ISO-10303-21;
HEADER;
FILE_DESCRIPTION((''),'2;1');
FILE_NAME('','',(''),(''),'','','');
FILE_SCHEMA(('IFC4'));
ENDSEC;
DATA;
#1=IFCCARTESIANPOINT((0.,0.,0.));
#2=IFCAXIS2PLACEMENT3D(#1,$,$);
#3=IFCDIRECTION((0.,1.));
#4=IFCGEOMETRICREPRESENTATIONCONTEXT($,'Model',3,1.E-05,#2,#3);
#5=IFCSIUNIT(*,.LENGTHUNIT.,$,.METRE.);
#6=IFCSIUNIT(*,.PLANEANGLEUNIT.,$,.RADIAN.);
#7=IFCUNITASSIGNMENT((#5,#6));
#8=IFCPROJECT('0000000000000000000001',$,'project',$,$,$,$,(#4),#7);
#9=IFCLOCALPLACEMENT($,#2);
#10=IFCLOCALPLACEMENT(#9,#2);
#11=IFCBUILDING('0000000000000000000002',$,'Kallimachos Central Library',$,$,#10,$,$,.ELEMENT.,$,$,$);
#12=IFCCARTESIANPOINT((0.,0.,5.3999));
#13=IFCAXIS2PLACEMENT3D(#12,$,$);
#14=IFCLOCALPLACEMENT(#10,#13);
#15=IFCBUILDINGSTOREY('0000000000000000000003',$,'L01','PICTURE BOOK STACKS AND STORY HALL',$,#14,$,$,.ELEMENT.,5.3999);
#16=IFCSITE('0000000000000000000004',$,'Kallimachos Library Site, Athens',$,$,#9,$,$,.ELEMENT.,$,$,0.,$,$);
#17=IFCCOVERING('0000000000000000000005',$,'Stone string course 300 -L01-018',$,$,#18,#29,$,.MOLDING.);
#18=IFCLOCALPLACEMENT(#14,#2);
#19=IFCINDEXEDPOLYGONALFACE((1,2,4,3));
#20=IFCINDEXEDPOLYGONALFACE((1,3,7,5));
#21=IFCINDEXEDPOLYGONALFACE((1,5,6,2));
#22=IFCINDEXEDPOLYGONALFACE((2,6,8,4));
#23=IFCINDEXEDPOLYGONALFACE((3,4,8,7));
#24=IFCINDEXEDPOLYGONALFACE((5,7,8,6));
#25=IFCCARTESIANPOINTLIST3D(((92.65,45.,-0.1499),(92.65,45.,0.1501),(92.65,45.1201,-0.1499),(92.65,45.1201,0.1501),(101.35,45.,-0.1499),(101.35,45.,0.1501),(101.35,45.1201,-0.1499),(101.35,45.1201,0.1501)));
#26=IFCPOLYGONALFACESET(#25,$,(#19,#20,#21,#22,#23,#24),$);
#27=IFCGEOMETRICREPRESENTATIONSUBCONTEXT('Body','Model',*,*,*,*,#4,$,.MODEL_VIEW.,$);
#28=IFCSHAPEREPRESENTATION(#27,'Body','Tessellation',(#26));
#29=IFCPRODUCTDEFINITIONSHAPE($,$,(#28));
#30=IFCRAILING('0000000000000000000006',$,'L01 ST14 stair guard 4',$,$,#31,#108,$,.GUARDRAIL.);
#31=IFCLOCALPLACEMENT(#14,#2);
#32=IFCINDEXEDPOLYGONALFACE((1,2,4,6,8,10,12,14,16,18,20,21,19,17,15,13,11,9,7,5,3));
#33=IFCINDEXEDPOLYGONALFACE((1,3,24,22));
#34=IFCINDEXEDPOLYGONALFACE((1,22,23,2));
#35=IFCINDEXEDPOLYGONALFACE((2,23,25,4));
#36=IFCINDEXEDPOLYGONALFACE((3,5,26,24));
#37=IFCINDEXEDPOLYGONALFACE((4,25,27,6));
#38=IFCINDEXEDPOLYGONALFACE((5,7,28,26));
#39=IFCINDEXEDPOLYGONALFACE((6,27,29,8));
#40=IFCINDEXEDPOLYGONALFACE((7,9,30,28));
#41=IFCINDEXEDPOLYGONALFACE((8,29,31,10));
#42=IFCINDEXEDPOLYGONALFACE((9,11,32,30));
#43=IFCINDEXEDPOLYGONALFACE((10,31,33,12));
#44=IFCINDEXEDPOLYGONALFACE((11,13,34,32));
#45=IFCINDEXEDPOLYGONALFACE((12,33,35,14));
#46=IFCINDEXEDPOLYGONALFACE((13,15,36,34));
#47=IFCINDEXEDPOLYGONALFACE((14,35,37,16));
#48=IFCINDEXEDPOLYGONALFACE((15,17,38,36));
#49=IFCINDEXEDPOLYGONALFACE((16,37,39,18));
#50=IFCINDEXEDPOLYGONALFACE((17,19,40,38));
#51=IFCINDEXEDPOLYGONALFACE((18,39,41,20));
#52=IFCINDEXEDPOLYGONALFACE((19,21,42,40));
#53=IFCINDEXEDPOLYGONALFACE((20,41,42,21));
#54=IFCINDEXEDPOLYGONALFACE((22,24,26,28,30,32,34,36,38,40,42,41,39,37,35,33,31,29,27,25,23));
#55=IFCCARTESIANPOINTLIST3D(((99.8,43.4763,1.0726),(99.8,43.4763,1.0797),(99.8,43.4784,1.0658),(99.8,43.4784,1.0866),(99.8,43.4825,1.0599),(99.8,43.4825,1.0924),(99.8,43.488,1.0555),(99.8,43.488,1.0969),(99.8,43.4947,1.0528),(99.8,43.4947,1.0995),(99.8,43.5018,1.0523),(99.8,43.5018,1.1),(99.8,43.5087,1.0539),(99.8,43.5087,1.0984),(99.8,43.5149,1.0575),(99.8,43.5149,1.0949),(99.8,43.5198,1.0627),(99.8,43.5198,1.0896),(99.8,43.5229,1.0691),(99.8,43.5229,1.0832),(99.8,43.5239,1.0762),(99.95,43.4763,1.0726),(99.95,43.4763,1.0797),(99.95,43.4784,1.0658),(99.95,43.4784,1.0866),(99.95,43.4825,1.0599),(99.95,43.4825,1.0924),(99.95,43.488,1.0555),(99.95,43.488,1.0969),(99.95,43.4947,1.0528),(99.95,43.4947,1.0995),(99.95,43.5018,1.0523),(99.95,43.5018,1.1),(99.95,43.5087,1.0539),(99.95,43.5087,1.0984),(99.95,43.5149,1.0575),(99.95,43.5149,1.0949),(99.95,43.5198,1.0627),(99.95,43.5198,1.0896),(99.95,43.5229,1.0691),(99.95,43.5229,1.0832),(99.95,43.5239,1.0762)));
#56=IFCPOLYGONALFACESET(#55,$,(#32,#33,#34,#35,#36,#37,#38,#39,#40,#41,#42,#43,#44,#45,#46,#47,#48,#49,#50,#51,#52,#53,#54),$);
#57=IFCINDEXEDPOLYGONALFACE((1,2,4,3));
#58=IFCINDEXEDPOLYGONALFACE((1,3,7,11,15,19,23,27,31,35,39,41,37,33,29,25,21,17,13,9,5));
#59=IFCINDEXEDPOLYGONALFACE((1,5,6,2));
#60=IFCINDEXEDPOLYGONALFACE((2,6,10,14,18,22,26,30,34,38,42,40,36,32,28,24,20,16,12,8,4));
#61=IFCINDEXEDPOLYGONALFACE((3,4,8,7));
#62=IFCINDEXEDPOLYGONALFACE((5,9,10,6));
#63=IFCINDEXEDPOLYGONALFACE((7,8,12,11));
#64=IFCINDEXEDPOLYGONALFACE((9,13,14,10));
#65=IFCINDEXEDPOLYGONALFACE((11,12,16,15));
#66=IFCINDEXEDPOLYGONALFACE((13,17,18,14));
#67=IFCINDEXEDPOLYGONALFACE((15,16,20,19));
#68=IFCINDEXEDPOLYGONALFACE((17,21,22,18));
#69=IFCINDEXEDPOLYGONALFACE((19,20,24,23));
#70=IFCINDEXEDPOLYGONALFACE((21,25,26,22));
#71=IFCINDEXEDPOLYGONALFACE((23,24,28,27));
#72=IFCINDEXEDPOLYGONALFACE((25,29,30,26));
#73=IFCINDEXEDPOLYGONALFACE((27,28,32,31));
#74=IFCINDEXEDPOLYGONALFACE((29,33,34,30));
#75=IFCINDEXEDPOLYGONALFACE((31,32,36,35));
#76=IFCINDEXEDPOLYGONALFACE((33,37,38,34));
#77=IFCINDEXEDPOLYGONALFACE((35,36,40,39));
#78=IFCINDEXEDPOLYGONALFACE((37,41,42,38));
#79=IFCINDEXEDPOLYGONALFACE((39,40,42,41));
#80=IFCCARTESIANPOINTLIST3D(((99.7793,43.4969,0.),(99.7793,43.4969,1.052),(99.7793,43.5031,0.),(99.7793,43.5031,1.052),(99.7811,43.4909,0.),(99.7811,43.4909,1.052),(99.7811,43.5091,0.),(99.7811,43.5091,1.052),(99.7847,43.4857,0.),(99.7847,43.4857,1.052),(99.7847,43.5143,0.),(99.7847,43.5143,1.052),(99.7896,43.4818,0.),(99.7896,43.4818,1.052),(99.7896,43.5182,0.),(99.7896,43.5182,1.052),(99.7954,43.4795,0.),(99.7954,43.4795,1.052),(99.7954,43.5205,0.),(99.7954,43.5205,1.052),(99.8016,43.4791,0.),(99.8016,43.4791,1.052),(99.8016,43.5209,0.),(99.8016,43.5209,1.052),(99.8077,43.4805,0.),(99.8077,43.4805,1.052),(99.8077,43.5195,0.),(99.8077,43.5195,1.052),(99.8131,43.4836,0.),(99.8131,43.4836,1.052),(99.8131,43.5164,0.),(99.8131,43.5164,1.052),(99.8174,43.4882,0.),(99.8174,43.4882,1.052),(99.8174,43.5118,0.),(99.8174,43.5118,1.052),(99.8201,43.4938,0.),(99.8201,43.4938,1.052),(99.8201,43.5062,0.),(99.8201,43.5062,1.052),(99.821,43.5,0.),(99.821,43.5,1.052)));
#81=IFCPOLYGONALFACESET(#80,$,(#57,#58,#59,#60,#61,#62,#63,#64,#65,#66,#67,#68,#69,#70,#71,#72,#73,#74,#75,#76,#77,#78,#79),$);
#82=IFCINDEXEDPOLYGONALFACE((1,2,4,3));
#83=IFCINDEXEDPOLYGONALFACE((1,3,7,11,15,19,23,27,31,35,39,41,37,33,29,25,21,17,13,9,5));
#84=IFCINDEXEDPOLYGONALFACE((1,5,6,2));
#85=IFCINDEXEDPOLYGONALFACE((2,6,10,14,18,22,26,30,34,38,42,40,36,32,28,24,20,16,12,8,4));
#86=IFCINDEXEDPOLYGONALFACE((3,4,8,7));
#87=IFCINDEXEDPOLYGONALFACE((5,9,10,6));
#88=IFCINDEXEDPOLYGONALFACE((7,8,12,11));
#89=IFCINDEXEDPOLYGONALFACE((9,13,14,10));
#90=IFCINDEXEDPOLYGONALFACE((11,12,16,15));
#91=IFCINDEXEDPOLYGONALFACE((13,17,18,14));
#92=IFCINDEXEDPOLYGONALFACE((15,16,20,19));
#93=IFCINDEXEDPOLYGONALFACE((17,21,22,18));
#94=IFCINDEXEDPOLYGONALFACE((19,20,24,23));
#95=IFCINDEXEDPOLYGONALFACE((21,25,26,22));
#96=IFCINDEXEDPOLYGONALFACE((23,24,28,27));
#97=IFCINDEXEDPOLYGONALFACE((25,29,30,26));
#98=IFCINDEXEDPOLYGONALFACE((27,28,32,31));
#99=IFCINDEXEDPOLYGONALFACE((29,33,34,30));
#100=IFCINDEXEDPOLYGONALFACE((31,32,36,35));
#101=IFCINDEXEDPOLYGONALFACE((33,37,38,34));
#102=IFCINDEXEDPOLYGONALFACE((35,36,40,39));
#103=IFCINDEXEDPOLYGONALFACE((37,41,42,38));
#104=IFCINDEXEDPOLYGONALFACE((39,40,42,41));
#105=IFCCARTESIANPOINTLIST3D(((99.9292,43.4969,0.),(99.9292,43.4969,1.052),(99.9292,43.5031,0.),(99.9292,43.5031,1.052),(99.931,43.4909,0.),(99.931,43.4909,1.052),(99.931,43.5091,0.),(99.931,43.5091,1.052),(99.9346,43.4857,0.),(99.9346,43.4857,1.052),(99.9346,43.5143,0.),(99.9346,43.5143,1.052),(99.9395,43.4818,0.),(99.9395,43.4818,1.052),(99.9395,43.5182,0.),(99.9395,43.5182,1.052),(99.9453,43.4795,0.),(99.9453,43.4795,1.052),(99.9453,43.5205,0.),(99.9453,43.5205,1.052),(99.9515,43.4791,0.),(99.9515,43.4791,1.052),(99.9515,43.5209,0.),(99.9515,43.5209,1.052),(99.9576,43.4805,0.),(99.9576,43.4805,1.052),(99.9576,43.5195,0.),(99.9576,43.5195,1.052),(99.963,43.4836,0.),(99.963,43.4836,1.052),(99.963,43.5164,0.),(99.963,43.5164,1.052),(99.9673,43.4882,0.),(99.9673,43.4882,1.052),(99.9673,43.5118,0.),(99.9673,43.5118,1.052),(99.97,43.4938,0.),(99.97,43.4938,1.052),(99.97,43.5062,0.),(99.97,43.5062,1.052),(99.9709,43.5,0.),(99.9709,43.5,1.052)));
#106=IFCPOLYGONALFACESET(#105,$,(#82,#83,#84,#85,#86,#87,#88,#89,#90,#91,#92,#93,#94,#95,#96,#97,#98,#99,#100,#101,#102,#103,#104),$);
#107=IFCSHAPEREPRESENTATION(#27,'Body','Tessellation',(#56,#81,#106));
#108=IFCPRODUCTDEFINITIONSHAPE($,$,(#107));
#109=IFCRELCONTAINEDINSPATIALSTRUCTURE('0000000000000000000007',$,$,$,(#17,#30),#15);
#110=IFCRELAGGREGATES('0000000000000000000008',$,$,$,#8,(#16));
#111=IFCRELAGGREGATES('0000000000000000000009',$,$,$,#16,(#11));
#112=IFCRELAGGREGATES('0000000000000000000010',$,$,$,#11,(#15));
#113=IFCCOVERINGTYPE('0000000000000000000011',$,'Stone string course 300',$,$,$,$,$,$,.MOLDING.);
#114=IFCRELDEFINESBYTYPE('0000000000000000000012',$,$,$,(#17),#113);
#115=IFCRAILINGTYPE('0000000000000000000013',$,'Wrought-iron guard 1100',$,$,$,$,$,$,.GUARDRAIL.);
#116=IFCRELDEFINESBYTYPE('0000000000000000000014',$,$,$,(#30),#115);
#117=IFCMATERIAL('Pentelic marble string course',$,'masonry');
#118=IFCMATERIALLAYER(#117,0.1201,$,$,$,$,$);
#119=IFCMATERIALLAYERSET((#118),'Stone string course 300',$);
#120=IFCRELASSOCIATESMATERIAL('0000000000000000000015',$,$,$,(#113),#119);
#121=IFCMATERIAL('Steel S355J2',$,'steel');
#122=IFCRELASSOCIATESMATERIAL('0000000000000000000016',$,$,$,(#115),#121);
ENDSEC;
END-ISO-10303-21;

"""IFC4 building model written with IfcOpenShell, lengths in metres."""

from ifc_helpers import new_model, si_unit, direction, frame, origin, origin_2d, place, context, subcontext, project, spatial, rectangle, circle, extrude, material, layer, layer_set, type_object, element, save


model = new_model("IFC4")

# Units and contexts
model_context = context("Model", 3, precision=1e-05, world=origin(), true_north=direction((0.0, 1.0)))
body_context = subcontext(model_context, "Body", "Model", "MODEL_VIEW")
ifc_project = project(units=[si_unit("LENGTHUNIT", "METRE"), si_unit("PLANEANGLEUNIT", "RADIAN")], contexts=[model_context])

# Site, building, storey
site_placement = place(None, origin())
site = spatial("IfcSite", under=ifc_project, at=site_placement, Name="Kallimachos Library Site, Athens", CompositionType="ELEMENT", RefElevation=0.0)
building_placement = place(site_placement, origin())
building = spatial("IfcBuilding", under=site, at=building_placement, Name="Kallimachos Central Library", CompositionType="ELEMENT")
storey_placement = place(building_placement, frame((0.0, 0.0, 5.3999)))
storey = spatial("IfcBuildingStorey", under=building, at=storey_placement, Name="L01", Description="PICTURE BOOK STACKS AND STORY HALL", CompositionType="ELEMENT", Elevation=5.3999)

# Covering
ifc_material_1 = material(Name="Pentelic marble string course", Category="masonry")
ifc_layer_1 = layer(ifc_material_1, 0.1201)
ifc_layer_set_1 = layer_set([ifc_layer_1], Name="Stone string course 300")
covering_type_1 = type_object("IfcCoveringType", Name="Stone string course 300", PredefinedType="MOLDING", material=ifc_layer_set_1)
covering_1_placement = place(storey_placement, frame((97.0, 45.0601, -0.1499), z_axis=(0.0, 0.0, 1.0), x_axis=(1.0, 0.0, 0.0)))
element("IfcCovering", 1, at=covering_1_placement, inside=storey, type_object=covering_type_1, Name="Stone string course 300 -L01-018", PredefinedType="MOLDING", context=body_context, shape_type="SweptSolid", body=[
    extrude(rectangle(XDim=8.7, YDim=0.1201, at=origin_2d()), origin(), (0.0, 0.0, 1.0), 0.3),
])

# Railing
ifc_material_2 = material(Name="Steel S355J2", Category="steel")
railing_type = type_object("IfcRailingType", Name="Wrought-iron guard 1100", PredefinedType="GUARDRAIL", material=ifc_material_2)
railing_placement = place(storey_placement, frame((99.8, 43.5, 0.0)))
element("IfcRailing", 2, at=railing_placement, inside=storey, type_object=railing_type, Name="L01 ST14 stair guard 4", PredefinedType="GUARDRAIL", context=body_context, shape_type="SweptSolid", body=[
    extrude(circle(Radius=0.0239, at=origin_2d()), frame((0.0, 0.0, 1.0762), z_axis=(1.0, 0.0, 0.0), x_axis=(0.0, 1.0, 0.0)), (0.0, 0.0, 1.0), 0.1499),
    extrude(circle(Radius=0.021, at=origin_2d()), origin(), (0.0, 0.0, 1.0), 1.052),
    extrude(circle(Radius=0.021, at=origin_2d()), frame((0.1499, 0.0, 0.0)), (0.0, 0.0, 1.0), 1.052),
])

save(model, "model.ifc")
